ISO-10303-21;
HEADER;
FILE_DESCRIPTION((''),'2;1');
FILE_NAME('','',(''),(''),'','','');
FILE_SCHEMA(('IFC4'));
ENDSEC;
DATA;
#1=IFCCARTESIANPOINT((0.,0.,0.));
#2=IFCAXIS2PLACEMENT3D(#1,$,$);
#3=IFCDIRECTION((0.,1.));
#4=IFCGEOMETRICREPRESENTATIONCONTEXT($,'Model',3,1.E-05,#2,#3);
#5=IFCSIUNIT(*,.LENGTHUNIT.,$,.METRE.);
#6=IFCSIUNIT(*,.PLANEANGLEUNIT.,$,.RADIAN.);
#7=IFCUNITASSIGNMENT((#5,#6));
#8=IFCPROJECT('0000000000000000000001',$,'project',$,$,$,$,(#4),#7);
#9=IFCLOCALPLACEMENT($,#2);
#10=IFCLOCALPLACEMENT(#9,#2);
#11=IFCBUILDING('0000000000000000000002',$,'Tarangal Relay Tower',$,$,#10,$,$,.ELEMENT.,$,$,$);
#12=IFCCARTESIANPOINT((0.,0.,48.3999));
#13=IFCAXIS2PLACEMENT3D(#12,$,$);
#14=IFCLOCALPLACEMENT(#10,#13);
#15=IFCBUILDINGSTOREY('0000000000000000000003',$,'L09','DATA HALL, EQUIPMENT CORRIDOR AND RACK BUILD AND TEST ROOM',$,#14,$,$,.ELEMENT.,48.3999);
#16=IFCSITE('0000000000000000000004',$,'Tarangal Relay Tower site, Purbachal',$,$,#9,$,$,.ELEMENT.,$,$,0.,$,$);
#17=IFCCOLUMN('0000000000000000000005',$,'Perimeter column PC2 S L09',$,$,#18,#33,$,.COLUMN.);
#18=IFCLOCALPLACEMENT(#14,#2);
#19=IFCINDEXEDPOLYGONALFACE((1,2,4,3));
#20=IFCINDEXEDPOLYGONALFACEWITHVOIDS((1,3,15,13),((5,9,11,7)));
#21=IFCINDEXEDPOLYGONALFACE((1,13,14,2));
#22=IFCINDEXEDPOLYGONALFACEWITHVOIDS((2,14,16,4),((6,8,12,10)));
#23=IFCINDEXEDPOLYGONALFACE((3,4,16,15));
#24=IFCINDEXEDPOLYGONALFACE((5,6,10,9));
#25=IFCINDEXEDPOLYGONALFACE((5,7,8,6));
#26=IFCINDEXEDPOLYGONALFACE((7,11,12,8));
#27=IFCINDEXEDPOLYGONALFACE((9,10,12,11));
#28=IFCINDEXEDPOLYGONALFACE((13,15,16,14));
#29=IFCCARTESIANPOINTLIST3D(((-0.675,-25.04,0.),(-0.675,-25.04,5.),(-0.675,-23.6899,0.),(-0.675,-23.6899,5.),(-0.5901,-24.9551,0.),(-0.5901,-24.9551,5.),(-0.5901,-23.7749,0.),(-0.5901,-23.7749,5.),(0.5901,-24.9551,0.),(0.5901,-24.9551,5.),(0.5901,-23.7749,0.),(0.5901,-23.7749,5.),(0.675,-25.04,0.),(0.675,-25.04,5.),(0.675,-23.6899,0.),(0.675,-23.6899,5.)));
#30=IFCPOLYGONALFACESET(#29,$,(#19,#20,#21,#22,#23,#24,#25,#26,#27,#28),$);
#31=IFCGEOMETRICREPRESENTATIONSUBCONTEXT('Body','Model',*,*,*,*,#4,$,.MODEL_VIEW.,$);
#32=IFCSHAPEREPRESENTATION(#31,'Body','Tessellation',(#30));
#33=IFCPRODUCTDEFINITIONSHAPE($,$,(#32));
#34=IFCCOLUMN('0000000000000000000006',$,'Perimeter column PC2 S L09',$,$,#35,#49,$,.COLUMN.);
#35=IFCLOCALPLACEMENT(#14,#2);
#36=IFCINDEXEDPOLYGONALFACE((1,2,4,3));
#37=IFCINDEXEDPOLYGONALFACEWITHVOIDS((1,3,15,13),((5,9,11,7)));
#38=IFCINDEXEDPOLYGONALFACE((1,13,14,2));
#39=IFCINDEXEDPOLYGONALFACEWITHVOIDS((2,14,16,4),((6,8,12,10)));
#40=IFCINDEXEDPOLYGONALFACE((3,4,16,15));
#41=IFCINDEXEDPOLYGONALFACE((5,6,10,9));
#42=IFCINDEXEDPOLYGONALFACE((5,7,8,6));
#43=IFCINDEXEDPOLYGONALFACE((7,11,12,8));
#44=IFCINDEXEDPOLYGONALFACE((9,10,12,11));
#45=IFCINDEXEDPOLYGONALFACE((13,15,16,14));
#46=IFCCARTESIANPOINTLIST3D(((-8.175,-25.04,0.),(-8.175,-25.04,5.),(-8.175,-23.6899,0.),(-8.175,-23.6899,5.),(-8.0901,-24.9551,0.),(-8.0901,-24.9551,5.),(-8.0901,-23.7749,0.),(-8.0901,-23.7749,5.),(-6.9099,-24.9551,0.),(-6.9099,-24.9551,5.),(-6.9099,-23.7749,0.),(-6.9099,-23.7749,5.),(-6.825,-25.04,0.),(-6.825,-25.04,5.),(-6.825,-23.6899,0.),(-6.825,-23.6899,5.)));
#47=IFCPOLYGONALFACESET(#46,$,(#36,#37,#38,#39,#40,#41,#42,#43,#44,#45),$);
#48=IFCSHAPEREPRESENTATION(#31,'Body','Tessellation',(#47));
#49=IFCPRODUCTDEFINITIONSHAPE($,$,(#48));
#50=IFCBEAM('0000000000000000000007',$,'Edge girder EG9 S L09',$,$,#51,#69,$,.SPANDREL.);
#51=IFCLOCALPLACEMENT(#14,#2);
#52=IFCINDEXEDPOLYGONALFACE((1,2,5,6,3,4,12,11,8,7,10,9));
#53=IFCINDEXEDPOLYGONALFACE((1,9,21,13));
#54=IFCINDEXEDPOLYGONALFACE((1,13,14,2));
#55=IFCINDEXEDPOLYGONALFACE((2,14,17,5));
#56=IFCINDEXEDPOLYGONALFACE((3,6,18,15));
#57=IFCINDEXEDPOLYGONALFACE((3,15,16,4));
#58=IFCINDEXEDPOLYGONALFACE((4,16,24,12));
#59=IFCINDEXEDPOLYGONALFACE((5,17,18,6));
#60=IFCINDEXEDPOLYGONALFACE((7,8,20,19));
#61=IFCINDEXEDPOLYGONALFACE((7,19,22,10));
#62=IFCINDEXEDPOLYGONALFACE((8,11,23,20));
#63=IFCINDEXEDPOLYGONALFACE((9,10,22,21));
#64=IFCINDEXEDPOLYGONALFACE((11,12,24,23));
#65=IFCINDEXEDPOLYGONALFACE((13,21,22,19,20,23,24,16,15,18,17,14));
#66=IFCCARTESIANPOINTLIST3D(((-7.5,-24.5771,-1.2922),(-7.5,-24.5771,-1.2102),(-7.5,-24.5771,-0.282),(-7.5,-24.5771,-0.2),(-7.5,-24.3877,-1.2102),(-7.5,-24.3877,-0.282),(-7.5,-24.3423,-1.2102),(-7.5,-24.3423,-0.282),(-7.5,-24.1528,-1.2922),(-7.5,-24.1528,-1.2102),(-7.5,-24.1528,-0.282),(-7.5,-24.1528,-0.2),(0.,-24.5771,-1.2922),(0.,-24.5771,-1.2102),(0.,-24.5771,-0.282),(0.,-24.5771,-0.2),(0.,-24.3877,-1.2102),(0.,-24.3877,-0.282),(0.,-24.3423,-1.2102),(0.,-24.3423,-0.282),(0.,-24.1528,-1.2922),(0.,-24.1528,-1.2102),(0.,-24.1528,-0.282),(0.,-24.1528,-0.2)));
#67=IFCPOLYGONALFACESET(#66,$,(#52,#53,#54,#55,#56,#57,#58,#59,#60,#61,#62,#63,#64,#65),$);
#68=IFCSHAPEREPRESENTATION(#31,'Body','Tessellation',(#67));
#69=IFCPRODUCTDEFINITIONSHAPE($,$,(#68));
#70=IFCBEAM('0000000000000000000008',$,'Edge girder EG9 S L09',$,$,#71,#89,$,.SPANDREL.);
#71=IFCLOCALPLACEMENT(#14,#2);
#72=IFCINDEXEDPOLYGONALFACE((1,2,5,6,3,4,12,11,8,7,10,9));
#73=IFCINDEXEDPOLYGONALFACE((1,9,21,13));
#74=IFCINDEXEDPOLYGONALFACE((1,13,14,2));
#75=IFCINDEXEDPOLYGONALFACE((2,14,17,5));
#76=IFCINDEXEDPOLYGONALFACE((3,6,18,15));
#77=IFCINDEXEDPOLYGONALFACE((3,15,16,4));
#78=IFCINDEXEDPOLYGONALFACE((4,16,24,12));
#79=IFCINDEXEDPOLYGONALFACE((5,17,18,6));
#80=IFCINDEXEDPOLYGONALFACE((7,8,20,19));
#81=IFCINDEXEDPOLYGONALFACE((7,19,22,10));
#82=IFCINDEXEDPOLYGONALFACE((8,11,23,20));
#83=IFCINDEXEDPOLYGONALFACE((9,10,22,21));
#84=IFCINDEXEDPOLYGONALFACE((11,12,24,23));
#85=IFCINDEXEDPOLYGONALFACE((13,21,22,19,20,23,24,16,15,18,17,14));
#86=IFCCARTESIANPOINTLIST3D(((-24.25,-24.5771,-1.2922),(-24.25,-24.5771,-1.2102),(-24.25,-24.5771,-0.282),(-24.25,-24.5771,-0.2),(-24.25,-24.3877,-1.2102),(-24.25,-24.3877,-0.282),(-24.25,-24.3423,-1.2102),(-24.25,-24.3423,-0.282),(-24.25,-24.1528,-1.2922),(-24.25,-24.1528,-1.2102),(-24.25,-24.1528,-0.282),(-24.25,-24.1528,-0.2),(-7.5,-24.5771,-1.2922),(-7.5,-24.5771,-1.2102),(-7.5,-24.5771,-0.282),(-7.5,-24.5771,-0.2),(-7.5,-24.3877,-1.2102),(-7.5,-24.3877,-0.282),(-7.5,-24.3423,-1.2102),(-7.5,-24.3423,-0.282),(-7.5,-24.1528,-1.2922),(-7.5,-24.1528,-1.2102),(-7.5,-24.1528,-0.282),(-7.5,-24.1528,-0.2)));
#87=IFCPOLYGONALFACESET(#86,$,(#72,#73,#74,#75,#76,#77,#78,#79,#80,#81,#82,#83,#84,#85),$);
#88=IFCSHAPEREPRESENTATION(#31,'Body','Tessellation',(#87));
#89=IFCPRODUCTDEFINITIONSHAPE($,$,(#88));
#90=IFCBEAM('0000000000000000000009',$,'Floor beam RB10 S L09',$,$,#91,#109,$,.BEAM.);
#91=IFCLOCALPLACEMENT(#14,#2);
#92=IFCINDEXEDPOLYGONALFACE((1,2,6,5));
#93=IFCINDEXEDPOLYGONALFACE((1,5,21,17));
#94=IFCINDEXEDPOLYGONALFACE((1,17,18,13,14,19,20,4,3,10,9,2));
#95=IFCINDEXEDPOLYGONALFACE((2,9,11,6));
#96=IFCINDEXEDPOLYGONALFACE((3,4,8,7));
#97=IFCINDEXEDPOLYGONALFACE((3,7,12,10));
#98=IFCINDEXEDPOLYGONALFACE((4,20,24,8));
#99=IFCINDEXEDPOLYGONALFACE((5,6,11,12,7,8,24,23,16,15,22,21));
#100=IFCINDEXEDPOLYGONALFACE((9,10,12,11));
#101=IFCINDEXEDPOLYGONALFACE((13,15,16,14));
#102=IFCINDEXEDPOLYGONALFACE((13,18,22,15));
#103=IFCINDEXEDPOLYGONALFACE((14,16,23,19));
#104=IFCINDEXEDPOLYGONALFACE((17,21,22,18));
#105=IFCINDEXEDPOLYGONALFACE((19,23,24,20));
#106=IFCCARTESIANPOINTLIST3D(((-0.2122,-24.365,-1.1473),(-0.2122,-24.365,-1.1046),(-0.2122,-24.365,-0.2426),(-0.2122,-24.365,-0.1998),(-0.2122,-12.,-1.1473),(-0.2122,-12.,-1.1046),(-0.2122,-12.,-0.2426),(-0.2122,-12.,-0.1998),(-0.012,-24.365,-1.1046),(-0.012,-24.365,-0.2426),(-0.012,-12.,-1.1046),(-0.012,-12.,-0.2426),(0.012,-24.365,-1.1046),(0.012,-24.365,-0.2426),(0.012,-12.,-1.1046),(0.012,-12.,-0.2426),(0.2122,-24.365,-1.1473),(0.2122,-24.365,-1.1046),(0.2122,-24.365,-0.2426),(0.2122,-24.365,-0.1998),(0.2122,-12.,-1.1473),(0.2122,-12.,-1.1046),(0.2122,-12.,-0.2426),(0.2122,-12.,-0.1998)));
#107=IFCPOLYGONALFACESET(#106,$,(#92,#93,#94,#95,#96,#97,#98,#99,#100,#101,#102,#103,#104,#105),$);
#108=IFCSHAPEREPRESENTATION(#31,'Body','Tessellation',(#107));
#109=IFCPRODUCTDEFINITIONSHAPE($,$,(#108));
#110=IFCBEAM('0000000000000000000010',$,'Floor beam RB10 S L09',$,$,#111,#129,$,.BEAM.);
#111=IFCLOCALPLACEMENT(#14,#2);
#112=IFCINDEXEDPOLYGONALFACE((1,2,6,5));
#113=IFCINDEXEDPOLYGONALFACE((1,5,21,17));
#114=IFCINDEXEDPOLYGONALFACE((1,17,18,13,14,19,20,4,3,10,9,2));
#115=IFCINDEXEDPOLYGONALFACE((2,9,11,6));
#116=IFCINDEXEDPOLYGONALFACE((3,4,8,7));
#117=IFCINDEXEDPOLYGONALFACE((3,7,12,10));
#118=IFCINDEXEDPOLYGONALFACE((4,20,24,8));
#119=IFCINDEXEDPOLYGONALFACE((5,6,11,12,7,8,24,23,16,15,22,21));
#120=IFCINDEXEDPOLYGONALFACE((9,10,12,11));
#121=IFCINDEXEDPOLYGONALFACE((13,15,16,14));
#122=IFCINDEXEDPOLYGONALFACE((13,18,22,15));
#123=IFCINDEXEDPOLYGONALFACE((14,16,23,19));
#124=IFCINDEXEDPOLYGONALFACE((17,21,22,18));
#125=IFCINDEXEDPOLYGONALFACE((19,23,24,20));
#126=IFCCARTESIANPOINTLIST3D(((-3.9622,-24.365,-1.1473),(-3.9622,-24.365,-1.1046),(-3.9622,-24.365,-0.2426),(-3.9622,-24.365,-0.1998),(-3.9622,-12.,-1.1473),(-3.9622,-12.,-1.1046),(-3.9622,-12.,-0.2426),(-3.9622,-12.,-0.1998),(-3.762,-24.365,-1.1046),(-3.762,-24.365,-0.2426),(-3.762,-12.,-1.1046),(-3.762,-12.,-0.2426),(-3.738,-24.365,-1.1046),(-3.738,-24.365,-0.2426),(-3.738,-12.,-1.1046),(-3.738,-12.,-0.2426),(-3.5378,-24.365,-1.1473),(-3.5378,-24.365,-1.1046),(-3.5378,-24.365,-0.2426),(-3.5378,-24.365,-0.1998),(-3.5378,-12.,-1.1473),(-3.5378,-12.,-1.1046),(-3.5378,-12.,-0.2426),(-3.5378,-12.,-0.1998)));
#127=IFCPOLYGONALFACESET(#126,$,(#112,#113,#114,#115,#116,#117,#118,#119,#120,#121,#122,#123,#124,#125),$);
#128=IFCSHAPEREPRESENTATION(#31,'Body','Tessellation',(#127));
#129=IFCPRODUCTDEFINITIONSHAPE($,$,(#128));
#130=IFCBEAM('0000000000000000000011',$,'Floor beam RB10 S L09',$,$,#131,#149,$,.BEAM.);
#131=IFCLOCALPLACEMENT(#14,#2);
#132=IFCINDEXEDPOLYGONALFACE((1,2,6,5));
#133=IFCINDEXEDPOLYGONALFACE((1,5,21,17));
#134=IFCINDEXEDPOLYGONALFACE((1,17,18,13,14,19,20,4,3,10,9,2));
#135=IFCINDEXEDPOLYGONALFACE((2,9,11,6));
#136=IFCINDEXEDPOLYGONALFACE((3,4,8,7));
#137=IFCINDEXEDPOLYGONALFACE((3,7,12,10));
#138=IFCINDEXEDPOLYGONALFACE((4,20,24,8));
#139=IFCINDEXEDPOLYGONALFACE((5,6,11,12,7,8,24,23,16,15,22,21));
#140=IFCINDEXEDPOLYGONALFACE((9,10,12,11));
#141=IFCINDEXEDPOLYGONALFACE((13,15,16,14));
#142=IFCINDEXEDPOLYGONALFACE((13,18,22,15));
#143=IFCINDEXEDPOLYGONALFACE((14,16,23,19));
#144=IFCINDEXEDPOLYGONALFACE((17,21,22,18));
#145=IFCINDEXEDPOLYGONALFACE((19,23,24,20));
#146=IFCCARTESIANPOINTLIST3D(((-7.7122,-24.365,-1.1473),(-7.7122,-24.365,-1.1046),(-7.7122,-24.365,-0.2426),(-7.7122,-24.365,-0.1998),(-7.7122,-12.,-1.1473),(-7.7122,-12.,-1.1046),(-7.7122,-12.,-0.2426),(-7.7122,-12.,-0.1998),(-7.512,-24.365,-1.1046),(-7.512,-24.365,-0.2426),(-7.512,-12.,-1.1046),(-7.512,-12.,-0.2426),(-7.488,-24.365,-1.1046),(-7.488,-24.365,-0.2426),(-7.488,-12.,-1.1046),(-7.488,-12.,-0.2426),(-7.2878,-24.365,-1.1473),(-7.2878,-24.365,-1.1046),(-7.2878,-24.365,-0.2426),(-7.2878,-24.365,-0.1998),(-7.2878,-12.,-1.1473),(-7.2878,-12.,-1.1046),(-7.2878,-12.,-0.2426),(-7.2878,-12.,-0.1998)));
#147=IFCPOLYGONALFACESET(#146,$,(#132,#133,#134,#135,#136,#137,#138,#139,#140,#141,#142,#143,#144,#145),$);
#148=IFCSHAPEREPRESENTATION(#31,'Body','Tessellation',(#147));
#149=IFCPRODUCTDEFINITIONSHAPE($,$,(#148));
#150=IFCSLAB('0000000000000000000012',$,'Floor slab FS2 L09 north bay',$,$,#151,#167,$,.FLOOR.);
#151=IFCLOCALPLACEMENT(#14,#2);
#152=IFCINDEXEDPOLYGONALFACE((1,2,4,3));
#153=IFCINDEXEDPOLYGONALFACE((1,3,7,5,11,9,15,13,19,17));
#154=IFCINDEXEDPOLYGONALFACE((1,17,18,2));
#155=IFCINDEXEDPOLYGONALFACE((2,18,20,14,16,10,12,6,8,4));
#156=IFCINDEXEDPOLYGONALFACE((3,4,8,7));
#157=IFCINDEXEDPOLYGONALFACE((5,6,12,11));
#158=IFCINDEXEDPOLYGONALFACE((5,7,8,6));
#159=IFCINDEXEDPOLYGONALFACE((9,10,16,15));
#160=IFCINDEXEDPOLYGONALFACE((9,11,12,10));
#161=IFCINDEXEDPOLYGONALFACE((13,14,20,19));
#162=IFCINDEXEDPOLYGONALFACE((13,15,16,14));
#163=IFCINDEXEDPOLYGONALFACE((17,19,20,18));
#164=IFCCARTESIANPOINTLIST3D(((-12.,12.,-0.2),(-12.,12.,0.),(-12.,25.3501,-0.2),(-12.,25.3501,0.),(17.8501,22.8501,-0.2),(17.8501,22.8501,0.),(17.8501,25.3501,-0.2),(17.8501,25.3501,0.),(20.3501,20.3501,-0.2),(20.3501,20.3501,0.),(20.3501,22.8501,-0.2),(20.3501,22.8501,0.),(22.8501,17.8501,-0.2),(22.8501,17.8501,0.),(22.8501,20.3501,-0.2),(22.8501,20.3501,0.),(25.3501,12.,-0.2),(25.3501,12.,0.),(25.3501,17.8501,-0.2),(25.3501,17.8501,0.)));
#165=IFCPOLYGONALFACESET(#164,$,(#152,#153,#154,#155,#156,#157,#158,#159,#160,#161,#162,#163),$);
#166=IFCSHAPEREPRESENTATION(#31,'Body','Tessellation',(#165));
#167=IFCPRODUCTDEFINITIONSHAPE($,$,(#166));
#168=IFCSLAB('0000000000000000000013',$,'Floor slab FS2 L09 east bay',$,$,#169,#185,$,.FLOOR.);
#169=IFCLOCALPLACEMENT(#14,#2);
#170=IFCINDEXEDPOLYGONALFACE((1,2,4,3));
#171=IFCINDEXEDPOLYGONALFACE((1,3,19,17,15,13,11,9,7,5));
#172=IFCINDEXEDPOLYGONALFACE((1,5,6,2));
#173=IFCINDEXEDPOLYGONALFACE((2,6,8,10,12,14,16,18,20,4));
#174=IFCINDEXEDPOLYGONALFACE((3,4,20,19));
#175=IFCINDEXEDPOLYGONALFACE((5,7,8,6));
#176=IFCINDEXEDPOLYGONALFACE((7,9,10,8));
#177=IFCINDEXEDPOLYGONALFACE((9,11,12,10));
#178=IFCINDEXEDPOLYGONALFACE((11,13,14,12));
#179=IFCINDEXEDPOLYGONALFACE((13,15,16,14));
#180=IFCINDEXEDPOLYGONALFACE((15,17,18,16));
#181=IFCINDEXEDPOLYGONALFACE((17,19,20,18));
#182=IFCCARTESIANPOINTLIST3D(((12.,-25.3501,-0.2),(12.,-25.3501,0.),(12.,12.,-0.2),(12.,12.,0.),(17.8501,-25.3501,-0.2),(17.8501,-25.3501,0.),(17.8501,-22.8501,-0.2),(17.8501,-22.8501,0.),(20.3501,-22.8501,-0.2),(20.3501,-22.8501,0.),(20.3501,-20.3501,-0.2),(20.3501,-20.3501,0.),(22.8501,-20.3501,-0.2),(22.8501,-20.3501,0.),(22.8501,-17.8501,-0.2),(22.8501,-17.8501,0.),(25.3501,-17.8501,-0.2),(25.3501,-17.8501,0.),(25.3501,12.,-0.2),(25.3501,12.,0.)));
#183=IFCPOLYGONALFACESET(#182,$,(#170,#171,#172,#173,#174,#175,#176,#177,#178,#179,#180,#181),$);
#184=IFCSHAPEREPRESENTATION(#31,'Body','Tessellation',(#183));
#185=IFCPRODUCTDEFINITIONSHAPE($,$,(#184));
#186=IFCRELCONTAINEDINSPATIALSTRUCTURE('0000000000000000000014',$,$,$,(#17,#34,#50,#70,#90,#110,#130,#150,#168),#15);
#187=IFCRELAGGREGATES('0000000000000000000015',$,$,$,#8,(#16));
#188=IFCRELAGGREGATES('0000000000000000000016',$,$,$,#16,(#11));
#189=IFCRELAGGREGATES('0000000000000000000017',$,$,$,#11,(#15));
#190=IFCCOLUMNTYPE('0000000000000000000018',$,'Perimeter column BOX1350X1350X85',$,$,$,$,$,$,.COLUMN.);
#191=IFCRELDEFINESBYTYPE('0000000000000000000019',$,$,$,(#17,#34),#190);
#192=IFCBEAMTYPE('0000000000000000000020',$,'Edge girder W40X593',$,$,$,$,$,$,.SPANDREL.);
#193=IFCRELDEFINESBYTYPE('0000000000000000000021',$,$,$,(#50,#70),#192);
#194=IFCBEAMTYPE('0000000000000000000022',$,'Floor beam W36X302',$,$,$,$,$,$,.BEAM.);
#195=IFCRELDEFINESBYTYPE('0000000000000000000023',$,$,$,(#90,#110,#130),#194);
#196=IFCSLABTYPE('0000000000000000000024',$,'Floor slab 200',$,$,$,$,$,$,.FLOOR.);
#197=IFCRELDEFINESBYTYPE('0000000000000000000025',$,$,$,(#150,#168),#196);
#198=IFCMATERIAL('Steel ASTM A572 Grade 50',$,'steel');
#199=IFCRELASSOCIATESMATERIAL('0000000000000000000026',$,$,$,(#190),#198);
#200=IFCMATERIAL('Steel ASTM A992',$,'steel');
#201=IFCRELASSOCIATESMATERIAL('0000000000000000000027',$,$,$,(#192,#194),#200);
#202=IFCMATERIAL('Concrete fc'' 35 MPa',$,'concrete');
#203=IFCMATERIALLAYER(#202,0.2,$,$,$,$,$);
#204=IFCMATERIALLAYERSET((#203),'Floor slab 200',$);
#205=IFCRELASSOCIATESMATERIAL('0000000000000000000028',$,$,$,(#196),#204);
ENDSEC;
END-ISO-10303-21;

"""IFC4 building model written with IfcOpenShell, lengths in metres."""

from ifc_helpers import new_model, si_unit, direction, frame, origin, origin_2d, place, context, subcontext, project, spatial, polyline, hollow_rectangle, i_section, outline, extrude, material, layer, layer_set, material_profile, profile_set, type_object, element, save


model = new_model("IFC4")

# Units and contexts
model_context = context("Model", 3, precision=1e-05, world=origin(), true_north=direction((0.0, 1.0)))
body_context = subcontext(model_context, "Body", "Model", "MODEL_VIEW")
ifc_project = project(units=[si_unit("LENGTHUNIT", "METRE"), si_unit("PLANEANGLEUNIT", "RADIAN")], contexts=[model_context])

# Site, building, storey
site_placement = place(None, origin())
site = spatial("IfcSite", under=ifc_project, at=site_placement, Name="Tarangal Relay Tower site, Purbachal", CompositionType="ELEMENT", RefElevation=0.0)
building_placement = place(site_placement, origin())
building = spatial("IfcBuilding", under=site, at=building_placement, Name="Tarangal Relay Tower", CompositionType="ELEMENT")
storey_placement = place(building_placement, frame((0.0, 0.0, 48.3999)))
storey = spatial("IfcBuildingStorey", under=building, at=storey_placement, Name="L09", Description="DATA HALL, EQUIPMENT CORRIDOR AND RACK BUILD AND TEST ROOM", CompositionType="ELEMENT", Elevation=48.3999)

# Columns
ifc_material_1 = material(Name="Steel ASTM A572 Grade 50", Category="steel")
ifc_material_profile_1 = material_profile(ifc_material_1, hollow_rectangle(XDim=1.3501, YDim=1.3501, WallThickness=0.085, at=origin_2d()), Name="BOX1350X1350X85")
ifc_profile_set_1 = profile_set([ifc_material_profile_1], Name="Steel ASTM A572 Grade 50")
column_type = type_object("IfcColumnType", Name="Perimeter column BOX1350X1350X85", PredefinedType="COLUMN", material=ifc_profile_set_1)
for number, where, z_axis, x_axis, name in (
    (1, (0.0, -24.365, 0.0), (0.0, 0.0, 1.0), (1.0, 0.0, 0.0), "Perimeter column PC2 S L09"),
    (2, (-7.5, -24.365, 0.0), (0.0, 0.0, 1.0), (1.0, 0.0, 0.0), "Perimeter column PC2 S L09"),
):
    element("IfcColumn", number, at=place(storey_placement, frame(where, z_axis=z_axis, x_axis=x_axis)), inside=storey, type_object=column_type, Name=name, PredefinedType="COLUMN", context=body_context, shape_type="SweptSolid", body=[
        extrude(hollow_rectangle(XDim=1.3501, YDim=1.3501, WallThickness=0.085, at=origin_2d()), origin(), (0.0, 0.0, 1.0), 5.0),
    ])

# Beams
ifc_material_2 = material(Name="Steel ASTM A992", Category="steel")
ifc_material_profile_2 = material_profile(ifc_material_2, i_section(OverallWidth=0.4243, OverallDepth=1.0923, WebThickness=0.0454, FlangeThickness=0.082, at=origin_2d()), Name="W40X593")
ifc_profile_set_2 = profile_set([ifc_material_profile_2], Name="Steel ASTM A992")
beam_type_1 = type_object("IfcBeamType", Name="Edge girder W40X593", PredefinedType="SPANDREL", material=ifc_profile_set_2)
beam_1_placement = place(storey_placement, frame((0.0, -24.365, -0.7461), z_axis=(-1.0, 0.0, 0.0), x_axis=(0.0, -1.0, 0.0)))
element("IfcBeam", 3, at=beam_1_placement, inside=storey, type_object=beam_type_1, Name="Edge girder EG9 S L09", PredefinedType="SPANDREL", context=body_context, shape_type="SweptSolid", body=[
    extrude(i_section(OverallWidth=0.4243, OverallDepth=1.0923, WebThickness=0.0454, FlangeThickness=0.082, at=origin_2d()), origin(), (0.0, 0.0, 1.0), 7.5),
])
beam_2_placement = place(storey_placement, frame((-7.5, -24.365, -0.7461), z_axis=(-1.0, 0.0, 0.0), x_axis=(0.0, -1.0, 0.0)))
element("IfcBeam", 4, at=beam_2_placement, inside=storey, type_object=beam_type_1, Name="Edge girder EG9 S L09", PredefinedType="SPANDREL", context=body_context, shape_type="SweptSolid", body=[
    extrude(i_section(OverallWidth=0.4243, OverallDepth=1.0923, WebThickness=0.0454, FlangeThickness=0.082, at=origin_2d()), origin(), (0.0, 0.0, 1.0), 16.75),
])
ifc_material_profile_3 = material_profile(ifc_material_2, i_section(OverallWidth=0.4243, OverallDepth=0.9475, WebThickness=0.0239, FlangeThickness=0.0427, at=origin_2d()), Name="W36X302")
ifc_profile_set_3 = profile_set([ifc_material_profile_3], Name="Steel ASTM A992")
beam_type_2 = type_object("IfcBeamType", Name="Floor beam W36X302", PredefinedType="BEAM", material=ifc_profile_set_3)
for number, where, z_axis, x_axis, name in (
    (5, (0.0, -12.0, -0.6736), (0.0, -1.0, 0.0), (1.0, 0.0, 0.0), "Floor beam RB10 S L09"),
    (6, (-3.75, -12.0, -0.6736), (0.0, -1.0, 0.0), (1.0, 0.0, 0.0), "Floor beam RB10 S L09"),
    (7, (-7.5, -12.0, -0.6736), (0.0, -1.0, 0.0), (1.0, 0.0, 0.0), "Floor beam RB10 S L09"),
):
    element("IfcBeam", number, at=place(storey_placement, frame(where, z_axis=z_axis, x_axis=x_axis)), inside=storey, type_object=beam_type_2, Name=name, PredefinedType="BEAM", context=body_context, shape_type="SweptSolid", body=[
        extrude(i_section(OverallWidth=0.4243, OverallDepth=0.9475, WebThickness=0.0239, FlangeThickness=0.0427, at=origin_2d()), origin(), (0.0, 0.0, 1.0), 12.365),
    ])

# Slabs
ifc_material_3 = material(Name="Concrete fc' 35 MPa", Category="concrete")
ifc_layer_1 = layer(ifc_material_3, 0.2)
ifc_layer_set_1 = layer_set([ifc_layer_1], Name="Floor slab 200")
slab_type_1 = type_object("IfcSlabType", Name="Floor slab 200", PredefinedType="FLOOR", material=ifc_layer_set_1)
slab_1_placement = place(storey_placement, frame((0.0, 0.0, -0.2)))
element("IfcSlab", 8, at=slab_1_placement, inside=storey, type_object=slab_type_1, Name="Floor slab FS2 L09 north bay", PredefinedType="FLOOR", context=body_context, shape_type="SweptSolid", body=[
    extrude(outline(polyline([(17.8501, 25.3501), (17.8501, 22.8501), (20.3501, 22.8501), (20.3501, 20.3501), (22.8501, 20.3501), (22.8501, 17.8501), (25.3501, 17.8501), (25.3501, 12.0), (-12.0, 12.0), (-12.0, 25.3501), (17.8501, 25.3501)])), origin(), (0.0, 0.0, 1.0), 0.2),
])
slab_2_placement = place(storey_placement, frame((0.0, 0.0, -0.2)))
element("IfcSlab", 9, at=slab_2_placement, inside=storey, type_object=slab_type_1, Name="Floor slab FS2 L09 east bay", PredefinedType="FLOOR", context=body_context, shape_type="SweptSolid", body=[
    extrude(outline(polyline([(25.3501, -17.8501), (22.8501, -17.8501), (22.8501, -20.3501), (20.3501, -20.3501), (20.3501, -22.8501), (17.8501, -22.8501), (17.8501, -25.3501), (12.0, -25.3501), (12.0, 12.0), (25.3501, 12.0), (25.3501, -17.8501)])), origin(), (0.0, 0.0, 1.0), 0.2),
])

save(model, "model.ifc")
